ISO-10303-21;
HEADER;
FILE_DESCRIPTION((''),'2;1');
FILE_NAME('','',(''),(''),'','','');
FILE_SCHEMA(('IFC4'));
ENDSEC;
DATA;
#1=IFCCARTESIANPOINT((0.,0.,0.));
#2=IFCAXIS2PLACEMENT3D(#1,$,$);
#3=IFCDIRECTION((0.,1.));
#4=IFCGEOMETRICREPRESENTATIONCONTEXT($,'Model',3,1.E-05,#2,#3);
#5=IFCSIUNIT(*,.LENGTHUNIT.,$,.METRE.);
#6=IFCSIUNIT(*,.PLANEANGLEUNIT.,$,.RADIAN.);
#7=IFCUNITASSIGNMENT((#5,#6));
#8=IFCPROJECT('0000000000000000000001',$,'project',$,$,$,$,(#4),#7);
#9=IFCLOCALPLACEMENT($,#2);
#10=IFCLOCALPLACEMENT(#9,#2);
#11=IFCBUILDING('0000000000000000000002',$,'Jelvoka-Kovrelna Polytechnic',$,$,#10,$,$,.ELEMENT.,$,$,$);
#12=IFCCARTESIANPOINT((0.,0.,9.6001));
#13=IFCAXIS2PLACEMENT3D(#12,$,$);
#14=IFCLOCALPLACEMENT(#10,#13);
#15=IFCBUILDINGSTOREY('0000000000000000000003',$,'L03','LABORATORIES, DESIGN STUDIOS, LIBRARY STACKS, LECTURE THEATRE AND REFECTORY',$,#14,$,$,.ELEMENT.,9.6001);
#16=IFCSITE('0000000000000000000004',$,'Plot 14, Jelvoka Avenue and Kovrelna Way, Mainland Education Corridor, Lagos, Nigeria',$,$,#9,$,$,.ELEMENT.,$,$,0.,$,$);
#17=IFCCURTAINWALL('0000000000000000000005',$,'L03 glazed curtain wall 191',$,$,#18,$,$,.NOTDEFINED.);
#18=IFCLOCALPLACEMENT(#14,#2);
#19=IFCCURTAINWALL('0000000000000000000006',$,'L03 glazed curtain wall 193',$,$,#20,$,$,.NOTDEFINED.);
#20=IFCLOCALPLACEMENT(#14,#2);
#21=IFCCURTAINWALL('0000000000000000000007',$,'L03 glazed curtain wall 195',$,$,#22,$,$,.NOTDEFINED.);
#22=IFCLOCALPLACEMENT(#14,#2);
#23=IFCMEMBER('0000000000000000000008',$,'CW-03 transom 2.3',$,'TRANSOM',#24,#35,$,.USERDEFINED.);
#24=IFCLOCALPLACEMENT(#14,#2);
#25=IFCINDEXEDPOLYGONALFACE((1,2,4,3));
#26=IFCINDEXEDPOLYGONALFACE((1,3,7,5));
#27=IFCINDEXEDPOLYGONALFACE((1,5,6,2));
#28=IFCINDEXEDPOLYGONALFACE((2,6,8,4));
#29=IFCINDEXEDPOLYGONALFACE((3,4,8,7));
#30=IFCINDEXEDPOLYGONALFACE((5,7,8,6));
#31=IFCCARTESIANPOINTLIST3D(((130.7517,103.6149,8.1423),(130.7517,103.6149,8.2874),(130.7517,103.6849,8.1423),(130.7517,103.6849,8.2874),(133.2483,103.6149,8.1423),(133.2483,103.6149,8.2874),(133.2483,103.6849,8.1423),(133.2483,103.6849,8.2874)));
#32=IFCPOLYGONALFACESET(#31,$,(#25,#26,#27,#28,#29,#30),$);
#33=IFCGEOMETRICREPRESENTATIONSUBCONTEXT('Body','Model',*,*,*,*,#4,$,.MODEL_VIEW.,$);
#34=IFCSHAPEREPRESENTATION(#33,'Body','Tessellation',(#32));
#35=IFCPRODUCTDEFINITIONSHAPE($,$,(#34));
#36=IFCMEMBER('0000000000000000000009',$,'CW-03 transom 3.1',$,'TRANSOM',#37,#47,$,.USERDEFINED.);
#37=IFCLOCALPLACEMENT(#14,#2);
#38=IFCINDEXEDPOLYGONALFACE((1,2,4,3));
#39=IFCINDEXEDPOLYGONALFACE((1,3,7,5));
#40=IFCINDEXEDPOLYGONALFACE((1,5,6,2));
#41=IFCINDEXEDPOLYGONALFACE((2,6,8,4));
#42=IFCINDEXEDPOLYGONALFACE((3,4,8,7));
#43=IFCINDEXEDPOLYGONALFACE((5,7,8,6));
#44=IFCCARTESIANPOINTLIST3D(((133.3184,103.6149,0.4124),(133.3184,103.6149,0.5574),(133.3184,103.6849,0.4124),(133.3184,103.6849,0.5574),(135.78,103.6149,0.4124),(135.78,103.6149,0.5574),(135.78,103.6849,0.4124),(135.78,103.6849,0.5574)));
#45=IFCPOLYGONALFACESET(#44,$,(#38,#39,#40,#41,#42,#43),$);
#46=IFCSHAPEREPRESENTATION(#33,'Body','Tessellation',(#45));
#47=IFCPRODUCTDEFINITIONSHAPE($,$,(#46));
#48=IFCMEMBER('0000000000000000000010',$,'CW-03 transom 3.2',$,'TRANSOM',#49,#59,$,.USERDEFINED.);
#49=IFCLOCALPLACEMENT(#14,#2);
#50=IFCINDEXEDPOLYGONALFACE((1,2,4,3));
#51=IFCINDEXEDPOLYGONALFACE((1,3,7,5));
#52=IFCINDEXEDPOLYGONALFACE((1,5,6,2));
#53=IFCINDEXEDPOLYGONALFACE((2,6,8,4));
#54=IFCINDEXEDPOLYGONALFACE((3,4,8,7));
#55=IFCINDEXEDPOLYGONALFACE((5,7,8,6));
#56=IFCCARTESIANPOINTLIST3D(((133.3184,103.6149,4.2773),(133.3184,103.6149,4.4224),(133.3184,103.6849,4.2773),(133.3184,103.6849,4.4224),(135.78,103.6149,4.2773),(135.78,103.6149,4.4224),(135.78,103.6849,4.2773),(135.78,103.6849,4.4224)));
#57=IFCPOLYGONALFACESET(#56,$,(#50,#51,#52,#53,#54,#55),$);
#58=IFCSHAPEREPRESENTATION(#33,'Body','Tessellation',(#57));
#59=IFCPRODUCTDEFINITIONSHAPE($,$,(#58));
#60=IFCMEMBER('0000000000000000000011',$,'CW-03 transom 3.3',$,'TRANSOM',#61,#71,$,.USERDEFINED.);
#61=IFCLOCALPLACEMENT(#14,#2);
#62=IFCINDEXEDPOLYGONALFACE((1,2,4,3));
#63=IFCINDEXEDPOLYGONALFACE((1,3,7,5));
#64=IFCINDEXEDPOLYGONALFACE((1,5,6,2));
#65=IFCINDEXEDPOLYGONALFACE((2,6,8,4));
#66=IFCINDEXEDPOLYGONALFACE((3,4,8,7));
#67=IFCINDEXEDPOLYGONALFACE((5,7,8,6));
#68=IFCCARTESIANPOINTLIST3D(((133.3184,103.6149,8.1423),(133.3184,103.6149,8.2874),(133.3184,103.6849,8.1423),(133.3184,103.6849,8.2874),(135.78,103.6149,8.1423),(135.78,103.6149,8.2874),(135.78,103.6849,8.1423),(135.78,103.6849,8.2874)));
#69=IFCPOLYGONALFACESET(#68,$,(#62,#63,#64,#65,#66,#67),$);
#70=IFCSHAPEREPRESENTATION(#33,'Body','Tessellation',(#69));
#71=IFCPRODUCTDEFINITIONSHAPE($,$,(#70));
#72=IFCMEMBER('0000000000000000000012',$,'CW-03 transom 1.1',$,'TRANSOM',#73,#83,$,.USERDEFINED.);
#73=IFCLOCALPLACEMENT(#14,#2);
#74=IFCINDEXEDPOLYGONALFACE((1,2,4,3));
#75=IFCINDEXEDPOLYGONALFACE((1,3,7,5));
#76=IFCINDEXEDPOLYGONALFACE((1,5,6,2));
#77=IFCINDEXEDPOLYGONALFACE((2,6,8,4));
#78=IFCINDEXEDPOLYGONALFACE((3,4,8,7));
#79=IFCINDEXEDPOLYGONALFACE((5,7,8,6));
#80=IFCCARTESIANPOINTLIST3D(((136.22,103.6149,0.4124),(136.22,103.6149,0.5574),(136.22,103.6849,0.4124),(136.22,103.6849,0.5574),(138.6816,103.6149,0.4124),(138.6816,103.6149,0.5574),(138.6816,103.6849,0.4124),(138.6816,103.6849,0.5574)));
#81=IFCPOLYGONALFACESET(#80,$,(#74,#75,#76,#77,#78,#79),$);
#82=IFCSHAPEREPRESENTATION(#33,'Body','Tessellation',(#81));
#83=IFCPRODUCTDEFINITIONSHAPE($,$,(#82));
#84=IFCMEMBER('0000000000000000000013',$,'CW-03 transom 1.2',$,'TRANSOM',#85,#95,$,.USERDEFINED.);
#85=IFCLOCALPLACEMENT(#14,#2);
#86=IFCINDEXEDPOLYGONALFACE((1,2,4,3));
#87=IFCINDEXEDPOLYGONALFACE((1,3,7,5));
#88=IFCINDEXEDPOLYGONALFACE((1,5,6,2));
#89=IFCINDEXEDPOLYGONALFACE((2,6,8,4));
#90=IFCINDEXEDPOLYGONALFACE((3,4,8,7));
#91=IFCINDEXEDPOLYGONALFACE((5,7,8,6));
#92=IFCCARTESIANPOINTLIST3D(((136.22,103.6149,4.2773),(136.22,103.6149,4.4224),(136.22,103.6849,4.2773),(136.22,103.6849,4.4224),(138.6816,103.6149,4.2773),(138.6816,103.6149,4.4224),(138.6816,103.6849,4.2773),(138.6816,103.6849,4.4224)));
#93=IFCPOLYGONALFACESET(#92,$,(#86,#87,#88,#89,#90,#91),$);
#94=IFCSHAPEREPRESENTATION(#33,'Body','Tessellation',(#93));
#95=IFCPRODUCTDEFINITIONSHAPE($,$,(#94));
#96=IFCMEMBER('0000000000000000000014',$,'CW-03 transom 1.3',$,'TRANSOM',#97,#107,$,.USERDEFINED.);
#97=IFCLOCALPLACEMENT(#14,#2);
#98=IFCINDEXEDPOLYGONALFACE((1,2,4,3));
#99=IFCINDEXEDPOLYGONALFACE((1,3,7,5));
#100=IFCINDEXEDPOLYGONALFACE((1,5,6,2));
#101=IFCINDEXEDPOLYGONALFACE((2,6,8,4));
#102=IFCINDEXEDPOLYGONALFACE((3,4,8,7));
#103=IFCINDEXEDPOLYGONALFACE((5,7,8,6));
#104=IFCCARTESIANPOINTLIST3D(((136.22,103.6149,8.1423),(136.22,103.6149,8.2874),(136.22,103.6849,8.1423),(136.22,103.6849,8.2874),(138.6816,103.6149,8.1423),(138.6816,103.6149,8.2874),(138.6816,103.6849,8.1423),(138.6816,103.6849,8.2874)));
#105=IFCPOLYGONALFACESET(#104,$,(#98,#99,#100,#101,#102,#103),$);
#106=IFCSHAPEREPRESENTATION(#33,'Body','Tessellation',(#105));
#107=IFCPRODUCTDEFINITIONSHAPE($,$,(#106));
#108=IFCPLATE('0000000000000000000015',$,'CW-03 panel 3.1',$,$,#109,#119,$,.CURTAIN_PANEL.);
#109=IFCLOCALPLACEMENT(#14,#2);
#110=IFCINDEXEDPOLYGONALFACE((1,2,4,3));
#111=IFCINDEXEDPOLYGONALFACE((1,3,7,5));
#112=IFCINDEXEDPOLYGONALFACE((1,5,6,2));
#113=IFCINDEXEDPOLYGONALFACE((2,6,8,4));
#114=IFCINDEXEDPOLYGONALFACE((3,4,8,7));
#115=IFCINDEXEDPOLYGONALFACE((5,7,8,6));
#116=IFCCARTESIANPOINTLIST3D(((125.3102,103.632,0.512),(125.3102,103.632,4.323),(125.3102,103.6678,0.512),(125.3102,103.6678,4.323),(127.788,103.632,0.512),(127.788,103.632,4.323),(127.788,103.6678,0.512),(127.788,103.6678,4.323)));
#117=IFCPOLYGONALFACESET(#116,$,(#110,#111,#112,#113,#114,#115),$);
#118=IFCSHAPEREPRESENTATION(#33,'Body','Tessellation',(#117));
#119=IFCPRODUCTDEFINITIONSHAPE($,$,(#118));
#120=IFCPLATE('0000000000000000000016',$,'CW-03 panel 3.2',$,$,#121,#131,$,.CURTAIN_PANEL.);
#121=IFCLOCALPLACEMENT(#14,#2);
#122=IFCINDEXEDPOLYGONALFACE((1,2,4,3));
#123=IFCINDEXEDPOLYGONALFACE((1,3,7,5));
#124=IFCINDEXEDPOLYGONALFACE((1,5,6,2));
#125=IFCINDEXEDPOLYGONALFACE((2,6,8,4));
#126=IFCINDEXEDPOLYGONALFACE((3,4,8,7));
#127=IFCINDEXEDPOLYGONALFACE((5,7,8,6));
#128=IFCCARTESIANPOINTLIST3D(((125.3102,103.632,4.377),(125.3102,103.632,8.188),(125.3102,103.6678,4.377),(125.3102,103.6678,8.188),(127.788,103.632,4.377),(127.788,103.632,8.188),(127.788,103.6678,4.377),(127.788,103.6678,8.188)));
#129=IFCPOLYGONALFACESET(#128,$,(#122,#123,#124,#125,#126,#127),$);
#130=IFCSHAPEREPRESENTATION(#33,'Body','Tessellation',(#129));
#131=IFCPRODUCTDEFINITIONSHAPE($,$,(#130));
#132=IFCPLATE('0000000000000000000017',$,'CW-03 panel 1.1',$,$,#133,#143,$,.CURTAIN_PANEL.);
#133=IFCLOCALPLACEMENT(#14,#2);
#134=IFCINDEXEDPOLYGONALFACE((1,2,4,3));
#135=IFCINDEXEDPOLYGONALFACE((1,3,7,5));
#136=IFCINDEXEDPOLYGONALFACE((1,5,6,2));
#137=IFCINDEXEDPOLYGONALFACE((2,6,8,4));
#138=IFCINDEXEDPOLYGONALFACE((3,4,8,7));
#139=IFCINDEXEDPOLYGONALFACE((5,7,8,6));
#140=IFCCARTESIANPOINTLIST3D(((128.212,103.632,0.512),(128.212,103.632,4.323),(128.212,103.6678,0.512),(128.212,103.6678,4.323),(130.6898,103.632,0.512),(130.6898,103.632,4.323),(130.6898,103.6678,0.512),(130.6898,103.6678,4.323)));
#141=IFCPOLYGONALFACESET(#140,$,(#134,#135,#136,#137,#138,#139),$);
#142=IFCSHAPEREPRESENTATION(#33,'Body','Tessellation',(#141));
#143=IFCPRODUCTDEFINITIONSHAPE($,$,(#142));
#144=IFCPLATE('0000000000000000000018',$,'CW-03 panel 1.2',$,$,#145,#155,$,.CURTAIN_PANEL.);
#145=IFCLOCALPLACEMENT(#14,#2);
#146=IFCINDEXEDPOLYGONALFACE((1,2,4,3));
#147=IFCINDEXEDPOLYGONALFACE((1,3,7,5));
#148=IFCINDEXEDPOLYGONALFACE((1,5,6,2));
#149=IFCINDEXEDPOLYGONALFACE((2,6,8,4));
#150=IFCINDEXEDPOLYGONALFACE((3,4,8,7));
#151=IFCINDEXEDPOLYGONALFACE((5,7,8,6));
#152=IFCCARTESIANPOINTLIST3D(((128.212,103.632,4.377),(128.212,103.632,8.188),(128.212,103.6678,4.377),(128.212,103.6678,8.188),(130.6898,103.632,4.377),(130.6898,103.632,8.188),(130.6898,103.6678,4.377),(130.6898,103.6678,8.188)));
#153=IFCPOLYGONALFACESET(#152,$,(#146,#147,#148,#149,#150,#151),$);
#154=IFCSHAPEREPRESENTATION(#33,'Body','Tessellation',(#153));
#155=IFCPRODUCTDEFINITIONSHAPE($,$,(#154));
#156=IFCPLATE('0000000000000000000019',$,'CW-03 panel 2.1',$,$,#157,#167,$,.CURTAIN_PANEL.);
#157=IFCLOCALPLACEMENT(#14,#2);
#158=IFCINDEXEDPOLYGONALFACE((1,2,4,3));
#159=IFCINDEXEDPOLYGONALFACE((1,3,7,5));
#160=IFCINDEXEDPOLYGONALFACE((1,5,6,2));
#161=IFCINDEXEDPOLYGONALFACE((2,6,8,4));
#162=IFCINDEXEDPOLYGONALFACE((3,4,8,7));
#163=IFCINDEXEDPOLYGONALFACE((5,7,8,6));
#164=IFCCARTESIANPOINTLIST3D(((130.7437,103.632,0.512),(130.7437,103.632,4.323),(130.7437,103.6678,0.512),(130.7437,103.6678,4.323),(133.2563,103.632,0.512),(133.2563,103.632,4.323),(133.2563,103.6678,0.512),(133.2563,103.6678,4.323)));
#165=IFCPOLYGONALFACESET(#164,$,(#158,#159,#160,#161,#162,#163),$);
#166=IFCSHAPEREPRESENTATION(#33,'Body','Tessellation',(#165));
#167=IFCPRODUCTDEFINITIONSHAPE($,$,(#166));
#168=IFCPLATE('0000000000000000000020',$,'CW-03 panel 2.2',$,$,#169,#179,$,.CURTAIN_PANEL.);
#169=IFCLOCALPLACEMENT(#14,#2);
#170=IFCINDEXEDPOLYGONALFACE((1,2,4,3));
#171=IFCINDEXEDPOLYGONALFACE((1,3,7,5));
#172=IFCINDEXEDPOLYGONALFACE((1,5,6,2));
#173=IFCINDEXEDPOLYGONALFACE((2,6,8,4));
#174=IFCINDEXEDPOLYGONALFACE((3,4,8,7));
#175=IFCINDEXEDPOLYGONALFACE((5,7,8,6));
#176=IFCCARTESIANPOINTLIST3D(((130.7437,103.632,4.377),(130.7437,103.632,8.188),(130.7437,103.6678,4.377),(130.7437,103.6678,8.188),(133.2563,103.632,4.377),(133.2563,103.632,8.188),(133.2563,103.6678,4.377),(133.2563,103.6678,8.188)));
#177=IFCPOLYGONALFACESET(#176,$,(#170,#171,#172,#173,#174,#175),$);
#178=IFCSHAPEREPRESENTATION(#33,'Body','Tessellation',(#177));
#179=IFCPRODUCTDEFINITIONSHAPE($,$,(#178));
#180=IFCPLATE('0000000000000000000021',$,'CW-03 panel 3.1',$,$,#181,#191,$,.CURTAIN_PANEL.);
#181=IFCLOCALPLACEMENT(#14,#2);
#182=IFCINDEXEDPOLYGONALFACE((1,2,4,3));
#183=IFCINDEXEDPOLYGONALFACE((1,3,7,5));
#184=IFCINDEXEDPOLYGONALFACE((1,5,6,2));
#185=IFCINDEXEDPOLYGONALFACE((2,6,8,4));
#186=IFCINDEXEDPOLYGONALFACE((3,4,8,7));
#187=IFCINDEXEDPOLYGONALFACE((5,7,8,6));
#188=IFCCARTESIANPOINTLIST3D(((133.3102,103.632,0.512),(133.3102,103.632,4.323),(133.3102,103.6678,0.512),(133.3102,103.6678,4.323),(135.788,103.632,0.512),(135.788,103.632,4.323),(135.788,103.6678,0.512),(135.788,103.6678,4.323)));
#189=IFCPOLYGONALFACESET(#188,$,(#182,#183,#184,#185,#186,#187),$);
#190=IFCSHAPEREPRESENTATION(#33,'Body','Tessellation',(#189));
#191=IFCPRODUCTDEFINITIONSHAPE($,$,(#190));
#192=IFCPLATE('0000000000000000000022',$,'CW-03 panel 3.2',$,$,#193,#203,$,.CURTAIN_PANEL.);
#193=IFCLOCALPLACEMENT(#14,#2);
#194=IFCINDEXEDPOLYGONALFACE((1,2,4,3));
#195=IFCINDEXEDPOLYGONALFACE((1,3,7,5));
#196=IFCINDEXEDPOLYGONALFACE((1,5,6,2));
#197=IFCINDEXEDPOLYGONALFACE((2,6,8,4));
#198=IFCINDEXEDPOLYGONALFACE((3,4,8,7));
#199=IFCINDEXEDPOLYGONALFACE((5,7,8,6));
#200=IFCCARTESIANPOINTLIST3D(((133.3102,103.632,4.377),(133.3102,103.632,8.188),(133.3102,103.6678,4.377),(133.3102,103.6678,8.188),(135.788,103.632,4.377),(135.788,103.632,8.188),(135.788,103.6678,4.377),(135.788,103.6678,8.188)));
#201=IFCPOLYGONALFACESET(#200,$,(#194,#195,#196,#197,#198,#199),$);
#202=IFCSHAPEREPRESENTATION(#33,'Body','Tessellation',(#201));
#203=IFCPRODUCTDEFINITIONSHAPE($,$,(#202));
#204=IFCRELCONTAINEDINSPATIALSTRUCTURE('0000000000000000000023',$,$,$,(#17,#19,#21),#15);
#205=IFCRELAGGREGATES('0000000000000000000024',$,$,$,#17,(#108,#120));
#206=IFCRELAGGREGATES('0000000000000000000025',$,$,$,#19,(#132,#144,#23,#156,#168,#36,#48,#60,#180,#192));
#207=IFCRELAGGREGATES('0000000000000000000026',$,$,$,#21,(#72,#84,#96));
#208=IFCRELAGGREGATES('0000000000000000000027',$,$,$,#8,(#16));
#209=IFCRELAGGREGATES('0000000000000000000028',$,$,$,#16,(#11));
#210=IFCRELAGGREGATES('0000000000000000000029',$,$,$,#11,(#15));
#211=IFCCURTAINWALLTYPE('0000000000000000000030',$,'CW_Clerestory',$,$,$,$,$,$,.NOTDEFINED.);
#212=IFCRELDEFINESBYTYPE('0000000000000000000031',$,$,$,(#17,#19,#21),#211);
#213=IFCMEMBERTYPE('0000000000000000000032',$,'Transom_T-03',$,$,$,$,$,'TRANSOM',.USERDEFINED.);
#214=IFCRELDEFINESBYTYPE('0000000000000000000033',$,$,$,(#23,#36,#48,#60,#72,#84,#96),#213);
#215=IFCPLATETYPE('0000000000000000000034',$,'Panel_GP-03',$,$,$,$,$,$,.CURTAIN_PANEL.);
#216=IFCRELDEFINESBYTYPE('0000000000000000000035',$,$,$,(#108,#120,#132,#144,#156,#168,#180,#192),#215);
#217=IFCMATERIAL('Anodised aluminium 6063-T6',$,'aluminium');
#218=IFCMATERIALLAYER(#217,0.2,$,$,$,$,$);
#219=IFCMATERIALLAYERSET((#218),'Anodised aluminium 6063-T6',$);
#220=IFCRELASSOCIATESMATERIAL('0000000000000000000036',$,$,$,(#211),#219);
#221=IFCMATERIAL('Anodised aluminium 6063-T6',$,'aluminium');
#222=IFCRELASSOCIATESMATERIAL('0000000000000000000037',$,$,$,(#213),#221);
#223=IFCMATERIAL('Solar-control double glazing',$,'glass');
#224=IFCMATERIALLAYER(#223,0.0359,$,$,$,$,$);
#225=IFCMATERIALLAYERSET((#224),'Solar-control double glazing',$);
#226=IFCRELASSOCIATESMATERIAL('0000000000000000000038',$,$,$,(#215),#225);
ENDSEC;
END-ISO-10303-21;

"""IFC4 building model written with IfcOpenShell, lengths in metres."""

from ifc_helpers import new_model, si_unit, direction, frame, origin, origin_2d, place, context, subcontext, project, spatial, rectangle, extrude, material, layer, layer_set, material_profile, profile_set, type_object, element, aggregate, save


model = new_model("IFC4")

# Units and contexts
model_context = context("Model", 3, precision=1e-05, world=origin(), true_north=direction((0.0, 1.0)))
body_context = subcontext(model_context, "Body", "Model", "MODEL_VIEW")
ifc_project = project(units=[si_unit("LENGTHUNIT", "METRE"), si_unit("PLANEANGLEUNIT", "RADIAN")], contexts=[model_context])

# Site, building, storey
site_placement = place(None, origin())
site = spatial("IfcSite", under=ifc_project, at=site_placement, Name="Plot 14, Jelvoka Avenue and Kovrelna Way, Mainland Education Corridor, Lagos, Nigeria", CompositionType="ELEMENT", RefElevation=0.0)
building_placement = place(site_placement, origin())
building = spatial("IfcBuilding", under=site, at=building_placement, Name="Jelvoka-Kovrelna Polytechnic", CompositionType="ELEMENT")
storey_placement = place(building_placement, frame((0.0, 0.0, 9.6001)))
storey = spatial("IfcBuildingStorey", under=building, at=storey_placement, Name="L03", Description="LABORATORIES, DESIGN STUDIOS, LIBRARY STACKS, LECTURE THEATRE AND REFECTORY", CompositionType="ELEMENT", Elevation=9.6001)

# Curtain walls
ifc_material_1 = material(Name="Anodised aluminium 6063-T6", Category="aluminium")
ifc_layer_1 = layer(ifc_material_1, 0.2)
ifc_layer_set_1 = layer_set([ifc_layer_1], Name="Anodised aluminium 6063-T6")
curtain_wall_type = type_object("IfcCurtainWallType", Name="CW_Clerestory", PredefinedType="NOTDEFINED", material=ifc_layer_set_1)
curtain_wall_1_placement = place(storey_placement, origin())
curtain_wall_1 = element("IfcCurtainWall", 1, at=curtain_wall_1_placement, inside=storey, type_object=curtain_wall_type, Name="L03 glazed curtain wall 191", PredefinedType="NOTDEFINED")
curtain_wall_2_placement = place(storey_placement, origin())
curtain_wall_2 = element("IfcCurtainWall", 2, at=curtain_wall_2_placement, inside=storey, type_object=curtain_wall_type, Name="L03 glazed curtain wall 193", PredefinedType="NOTDEFINED")

# Curtain wall
curtain_wall_3_placement = place(storey_placement, origin())
curtain_wall_3 = element("IfcCurtainWall", 3, at=curtain_wall_3_placement, inside=storey, type_object=curtain_wall_type, Name="L03 glazed curtain wall 195", PredefinedType="NOTDEFINED")

# Members
ifc_material_2 = material(Name="Anodised aluminium 6063-T6", Category="aluminium")
ifc_material_profile_1 = material_profile(ifc_material_2, rectangle(XDim=0.0701, YDim=0.145, at=origin_2d()), Name="ALU 70x145")
ifc_profile_set_1 = profile_set([ifc_material_profile_1], Name="Anodised aluminium 6063-T6")
member_type_1 = type_object("IfcMemberType", Name="Transom_T-03", ElementType="TRANSOM", PredefinedType="USERDEFINED", material=ifc_profile_set_1)
member_1_placement = place(storey_placement, frame((130.7517, 103.6499, 8.2148), z_axis=(1.0, 0.0, 0.0), x_axis=(0.0, 1.0, 0.0)))
member_1 = element("IfcMember", 4, at=member_1_placement, type_object=member_type_1, Name="CW-03 transom 2.3", ObjectType="TRANSOM", PredefinedType="USERDEFINED", context=body_context, shape_type="SweptSolid", body=[
    extrude(rectangle(XDim=0.0701, YDim=0.145, at=origin_2d()), origin(), (0.0, 0.0, 1.0), 2.4966),
])
member_2_placement = place(storey_placement, frame((133.3184, 103.6499, 0.4849), z_axis=(1.0, 0.0, 0.0), x_axis=(0.0, 1.0, 0.0)))
member_2 = element("IfcMember", 5, at=member_2_placement, type_object=member_type_1, Name="CW-03 transom 3.1", ObjectType="TRANSOM", PredefinedType="USERDEFINED", context=body_context, shape_type="SweptSolid", body=[
    extrude(rectangle(XDim=0.0701, YDim=0.145, at=origin_2d()), origin(), (0.0, 0.0, 1.0), 2.4617),
])
member_3_placement = place(storey_placement, frame((133.3184, 103.6499, 4.3499), z_axis=(1.0, 0.0, 0.0), x_axis=(0.0, 1.0, 0.0)))
member_3 = element("IfcMember", 6, at=member_3_placement, type_object=member_type_1, Name="CW-03 transom 3.2", ObjectType="TRANSOM", PredefinedType="USERDEFINED", context=body_context, shape_type="SweptSolid", body=[
    extrude(rectangle(XDim=0.0701, YDim=0.145, at=origin_2d()), origin(), (0.0, 0.0, 1.0), 2.4617),
])
member_4_placement = place(storey_placement, frame((133.3184, 103.6499, 8.2148), z_axis=(1.0, 0.0, 0.0), x_axis=(0.0, 1.0, 0.0)))
member_4 = element("IfcMember", 7, at=member_4_placement, type_object=member_type_1, Name="CW-03 transom 3.3", ObjectType="TRANSOM", PredefinedType="USERDEFINED", context=body_context, shape_type="SweptSolid", body=[
    extrude(rectangle(XDim=0.0701, YDim=0.145, at=origin_2d()), origin(), (0.0, 0.0, 1.0), 2.4617),
])
member_5_placement = place(storey_placement, frame((136.22, 103.6499, 0.4849), z_axis=(1.0, 0.0, 0.0), x_axis=(0.0, 1.0, 0.0)))
member_5 = element("IfcMember", 8, at=member_5_placement, type_object=member_type_1, Name="CW-03 transom 1.1", ObjectType="TRANSOM", PredefinedType="USERDEFINED", context=body_context, shape_type="SweptSolid", body=[
    extrude(rectangle(XDim=0.0701, YDim=0.145, at=origin_2d()), origin(), (0.0, 0.0, 1.0), 2.4617),
])
member_6_placement = place(storey_placement, frame((136.22, 103.6499, 4.3499), z_axis=(1.0, 0.0, 0.0), x_axis=(0.0, 1.0, 0.0)))
member_6 = element("IfcMember", 9, at=member_6_placement, type_object=member_type_1, Name="CW-03 transom 1.2", ObjectType="TRANSOM", PredefinedType="USERDEFINED", context=body_context, shape_type="SweptSolid", body=[
    extrude(rectangle(XDim=0.0701, YDim=0.145, at=origin_2d()), origin(), (0.0, 0.0, 1.0), 2.4617),
])
member_7_placement = place(storey_placement, frame((136.22, 103.6499, 8.2148), z_axis=(1.0, 0.0, 0.0), x_axis=(0.0, 1.0, 0.0)))
member_7 = element("IfcMember", 10, at=member_7_placement, type_object=member_type_1, Name="CW-03 transom 1.3", ObjectType="TRANSOM", PredefinedType="USERDEFINED", context=body_context, shape_type="SweptSolid", body=[
    extrude(rectangle(XDim=0.0701, YDim=0.145, at=origin_2d()), origin(), (0.0, 0.0, 1.0), 2.4617),
])

# Plates
ifc_material_3 = material(Name="Solar-control double glazing", Category="glass")
ifc_layer_2 = layer(ifc_material_3, 0.0359)
ifc_layer_set_2 = layer_set([ifc_layer_2], Name="Solar-control double glazing")
plate_type = type_object("IfcPlateType", Name="Panel_GP-03", PredefinedType="CURTAIN_PANEL", material=ifc_layer_set_2)
plate_1_placement = place(storey_placement, frame((126.5491, 103.6499, 0.512), z_axis=(0.0, 0.0, 1.0), x_axis=(1.0, 0.0, 0.0)))
plate_1 = element("IfcPlate", 11, at=plate_1_placement, type_object=plate_type, Name="CW-03 panel 3.1", PredefinedType="CURTAIN_PANEL", context=body_context, shape_type="SweptSolid", body=[
    extrude(rectangle(XDim=2.4778, YDim=0.0359, at=origin_2d()), origin(), (0.0, 0.0, 1.0), 3.811),
])
plate_2_placement = place(storey_placement, frame((126.5491, 103.6499, 4.377), z_axis=(0.0, 0.0, 1.0), x_axis=(1.0, 0.0, 0.0)))
plate_2 = element("IfcPlate", 12, at=plate_2_placement, type_object=plate_type, Name="CW-03 panel 3.2", PredefinedType="CURTAIN_PANEL", context=body_context, shape_type="SweptSolid", body=[
    extrude(rectangle(XDim=2.4778, YDim=0.0359, at=origin_2d()), origin(), (0.0, 0.0, 1.0), 3.811),
])
aggregate(curtain_wall_1, [plate_1, plate_2])
plate_3_placement = place(storey_placement, frame((129.4509, 103.6499, 0.512), z_axis=(0.0, 0.0, 1.0), x_axis=(1.0, 0.0, 0.0)))
plate_3 = element("IfcPlate", 13, at=plate_3_placement, type_object=plate_type, Name="CW-03 panel 1.1", PredefinedType="CURTAIN_PANEL", context=body_context, shape_type="SweptSolid", body=[
    extrude(rectangle(XDim=2.4778, YDim=0.0359, at=origin_2d()), origin(), (0.0, 0.0, 1.0), 3.811),
])
plate_4_placement = place(storey_placement, frame((129.4509, 103.6499, 4.377), z_axis=(0.0, 0.0, 1.0), x_axis=(1.0, 0.0, 0.0)))
plate_4 = element("IfcPlate", 14, at=plate_4_placement, type_object=plate_type, Name="CW-03 panel 1.2", PredefinedType="CURTAIN_PANEL", context=body_context, shape_type="SweptSolid", body=[
    extrude(rectangle(XDim=2.4778, YDim=0.0359, at=origin_2d()), origin(), (0.0, 0.0, 1.0), 3.811),
])
plate_5_placement = place(storey_placement, frame((132.0, 103.6499, 0.512), z_axis=(0.0, 0.0, 1.0), x_axis=(1.0, 0.0, 0.0)))
plate_5 = element("IfcPlate", 15, at=plate_5_placement, type_object=plate_type, Name="CW-03 panel 2.1", PredefinedType="CURTAIN_PANEL", context=body_context, shape_type="SweptSolid", body=[
    extrude(rectangle(XDim=2.5127, YDim=0.0359, at=origin_2d()), origin(), (0.0, 0.0, 1.0), 3.811),
])
plate_6_placement = place(storey_placement, frame((132.0, 103.6499, 4.377), z_axis=(0.0, 0.0, 1.0), x_axis=(1.0, 0.0, 0.0)))
plate_6 = element("IfcPlate", 16, at=plate_6_placement, type_object=plate_type, Name="CW-03 panel 2.2", PredefinedType="CURTAIN_PANEL", context=body_context, shape_type="SweptSolid", body=[
    extrude(rectangle(XDim=2.5127, YDim=0.0359, at=origin_2d()), origin(), (0.0, 0.0, 1.0), 3.811),
])
plate_7_placement = place(storey_placement, frame((134.5491, 103.6499, 0.512), z_axis=(0.0, 0.0, 1.0), x_axis=(1.0, 0.0, 0.0)))
plate_7 = element("IfcPlate", 17, at=plate_7_placement, type_object=plate_type, Name="CW-03 panel 3.1", PredefinedType="CURTAIN_PANEL", context=body_context, shape_type="SweptSolid", body=[
    extrude(rectangle(XDim=2.4778, YDim=0.0359, at=origin_2d()), origin(), (0.0, 0.0, 1.0), 3.811),
])
plate_8_placement = place(storey_placement, frame((134.5491, 103.6499, 4.377), z_axis=(0.0, 0.0, 1.0), x_axis=(1.0, 0.0, 0.0)))
plate_8 = element("IfcPlate", 18, at=plate_8_placement, type_object=plate_type, Name="CW-03 panel 3.2", PredefinedType="CURTAIN_PANEL", context=body_context, shape_type="SweptSolid", body=[
    extrude(rectangle(XDim=2.4778, YDim=0.0359, at=origin_2d()), origin(), (0.0, 0.0, 1.0), 3.811),
])
aggregate(curtain_wall_2, [plate_3, plate_4, member_1, plate_5, plate_6, member_2, member_3, member_4, plate_7, plate_8])
aggregate(curtain_wall_3, [member_5, member_6, member_7])

save(model, "model.ifc")
